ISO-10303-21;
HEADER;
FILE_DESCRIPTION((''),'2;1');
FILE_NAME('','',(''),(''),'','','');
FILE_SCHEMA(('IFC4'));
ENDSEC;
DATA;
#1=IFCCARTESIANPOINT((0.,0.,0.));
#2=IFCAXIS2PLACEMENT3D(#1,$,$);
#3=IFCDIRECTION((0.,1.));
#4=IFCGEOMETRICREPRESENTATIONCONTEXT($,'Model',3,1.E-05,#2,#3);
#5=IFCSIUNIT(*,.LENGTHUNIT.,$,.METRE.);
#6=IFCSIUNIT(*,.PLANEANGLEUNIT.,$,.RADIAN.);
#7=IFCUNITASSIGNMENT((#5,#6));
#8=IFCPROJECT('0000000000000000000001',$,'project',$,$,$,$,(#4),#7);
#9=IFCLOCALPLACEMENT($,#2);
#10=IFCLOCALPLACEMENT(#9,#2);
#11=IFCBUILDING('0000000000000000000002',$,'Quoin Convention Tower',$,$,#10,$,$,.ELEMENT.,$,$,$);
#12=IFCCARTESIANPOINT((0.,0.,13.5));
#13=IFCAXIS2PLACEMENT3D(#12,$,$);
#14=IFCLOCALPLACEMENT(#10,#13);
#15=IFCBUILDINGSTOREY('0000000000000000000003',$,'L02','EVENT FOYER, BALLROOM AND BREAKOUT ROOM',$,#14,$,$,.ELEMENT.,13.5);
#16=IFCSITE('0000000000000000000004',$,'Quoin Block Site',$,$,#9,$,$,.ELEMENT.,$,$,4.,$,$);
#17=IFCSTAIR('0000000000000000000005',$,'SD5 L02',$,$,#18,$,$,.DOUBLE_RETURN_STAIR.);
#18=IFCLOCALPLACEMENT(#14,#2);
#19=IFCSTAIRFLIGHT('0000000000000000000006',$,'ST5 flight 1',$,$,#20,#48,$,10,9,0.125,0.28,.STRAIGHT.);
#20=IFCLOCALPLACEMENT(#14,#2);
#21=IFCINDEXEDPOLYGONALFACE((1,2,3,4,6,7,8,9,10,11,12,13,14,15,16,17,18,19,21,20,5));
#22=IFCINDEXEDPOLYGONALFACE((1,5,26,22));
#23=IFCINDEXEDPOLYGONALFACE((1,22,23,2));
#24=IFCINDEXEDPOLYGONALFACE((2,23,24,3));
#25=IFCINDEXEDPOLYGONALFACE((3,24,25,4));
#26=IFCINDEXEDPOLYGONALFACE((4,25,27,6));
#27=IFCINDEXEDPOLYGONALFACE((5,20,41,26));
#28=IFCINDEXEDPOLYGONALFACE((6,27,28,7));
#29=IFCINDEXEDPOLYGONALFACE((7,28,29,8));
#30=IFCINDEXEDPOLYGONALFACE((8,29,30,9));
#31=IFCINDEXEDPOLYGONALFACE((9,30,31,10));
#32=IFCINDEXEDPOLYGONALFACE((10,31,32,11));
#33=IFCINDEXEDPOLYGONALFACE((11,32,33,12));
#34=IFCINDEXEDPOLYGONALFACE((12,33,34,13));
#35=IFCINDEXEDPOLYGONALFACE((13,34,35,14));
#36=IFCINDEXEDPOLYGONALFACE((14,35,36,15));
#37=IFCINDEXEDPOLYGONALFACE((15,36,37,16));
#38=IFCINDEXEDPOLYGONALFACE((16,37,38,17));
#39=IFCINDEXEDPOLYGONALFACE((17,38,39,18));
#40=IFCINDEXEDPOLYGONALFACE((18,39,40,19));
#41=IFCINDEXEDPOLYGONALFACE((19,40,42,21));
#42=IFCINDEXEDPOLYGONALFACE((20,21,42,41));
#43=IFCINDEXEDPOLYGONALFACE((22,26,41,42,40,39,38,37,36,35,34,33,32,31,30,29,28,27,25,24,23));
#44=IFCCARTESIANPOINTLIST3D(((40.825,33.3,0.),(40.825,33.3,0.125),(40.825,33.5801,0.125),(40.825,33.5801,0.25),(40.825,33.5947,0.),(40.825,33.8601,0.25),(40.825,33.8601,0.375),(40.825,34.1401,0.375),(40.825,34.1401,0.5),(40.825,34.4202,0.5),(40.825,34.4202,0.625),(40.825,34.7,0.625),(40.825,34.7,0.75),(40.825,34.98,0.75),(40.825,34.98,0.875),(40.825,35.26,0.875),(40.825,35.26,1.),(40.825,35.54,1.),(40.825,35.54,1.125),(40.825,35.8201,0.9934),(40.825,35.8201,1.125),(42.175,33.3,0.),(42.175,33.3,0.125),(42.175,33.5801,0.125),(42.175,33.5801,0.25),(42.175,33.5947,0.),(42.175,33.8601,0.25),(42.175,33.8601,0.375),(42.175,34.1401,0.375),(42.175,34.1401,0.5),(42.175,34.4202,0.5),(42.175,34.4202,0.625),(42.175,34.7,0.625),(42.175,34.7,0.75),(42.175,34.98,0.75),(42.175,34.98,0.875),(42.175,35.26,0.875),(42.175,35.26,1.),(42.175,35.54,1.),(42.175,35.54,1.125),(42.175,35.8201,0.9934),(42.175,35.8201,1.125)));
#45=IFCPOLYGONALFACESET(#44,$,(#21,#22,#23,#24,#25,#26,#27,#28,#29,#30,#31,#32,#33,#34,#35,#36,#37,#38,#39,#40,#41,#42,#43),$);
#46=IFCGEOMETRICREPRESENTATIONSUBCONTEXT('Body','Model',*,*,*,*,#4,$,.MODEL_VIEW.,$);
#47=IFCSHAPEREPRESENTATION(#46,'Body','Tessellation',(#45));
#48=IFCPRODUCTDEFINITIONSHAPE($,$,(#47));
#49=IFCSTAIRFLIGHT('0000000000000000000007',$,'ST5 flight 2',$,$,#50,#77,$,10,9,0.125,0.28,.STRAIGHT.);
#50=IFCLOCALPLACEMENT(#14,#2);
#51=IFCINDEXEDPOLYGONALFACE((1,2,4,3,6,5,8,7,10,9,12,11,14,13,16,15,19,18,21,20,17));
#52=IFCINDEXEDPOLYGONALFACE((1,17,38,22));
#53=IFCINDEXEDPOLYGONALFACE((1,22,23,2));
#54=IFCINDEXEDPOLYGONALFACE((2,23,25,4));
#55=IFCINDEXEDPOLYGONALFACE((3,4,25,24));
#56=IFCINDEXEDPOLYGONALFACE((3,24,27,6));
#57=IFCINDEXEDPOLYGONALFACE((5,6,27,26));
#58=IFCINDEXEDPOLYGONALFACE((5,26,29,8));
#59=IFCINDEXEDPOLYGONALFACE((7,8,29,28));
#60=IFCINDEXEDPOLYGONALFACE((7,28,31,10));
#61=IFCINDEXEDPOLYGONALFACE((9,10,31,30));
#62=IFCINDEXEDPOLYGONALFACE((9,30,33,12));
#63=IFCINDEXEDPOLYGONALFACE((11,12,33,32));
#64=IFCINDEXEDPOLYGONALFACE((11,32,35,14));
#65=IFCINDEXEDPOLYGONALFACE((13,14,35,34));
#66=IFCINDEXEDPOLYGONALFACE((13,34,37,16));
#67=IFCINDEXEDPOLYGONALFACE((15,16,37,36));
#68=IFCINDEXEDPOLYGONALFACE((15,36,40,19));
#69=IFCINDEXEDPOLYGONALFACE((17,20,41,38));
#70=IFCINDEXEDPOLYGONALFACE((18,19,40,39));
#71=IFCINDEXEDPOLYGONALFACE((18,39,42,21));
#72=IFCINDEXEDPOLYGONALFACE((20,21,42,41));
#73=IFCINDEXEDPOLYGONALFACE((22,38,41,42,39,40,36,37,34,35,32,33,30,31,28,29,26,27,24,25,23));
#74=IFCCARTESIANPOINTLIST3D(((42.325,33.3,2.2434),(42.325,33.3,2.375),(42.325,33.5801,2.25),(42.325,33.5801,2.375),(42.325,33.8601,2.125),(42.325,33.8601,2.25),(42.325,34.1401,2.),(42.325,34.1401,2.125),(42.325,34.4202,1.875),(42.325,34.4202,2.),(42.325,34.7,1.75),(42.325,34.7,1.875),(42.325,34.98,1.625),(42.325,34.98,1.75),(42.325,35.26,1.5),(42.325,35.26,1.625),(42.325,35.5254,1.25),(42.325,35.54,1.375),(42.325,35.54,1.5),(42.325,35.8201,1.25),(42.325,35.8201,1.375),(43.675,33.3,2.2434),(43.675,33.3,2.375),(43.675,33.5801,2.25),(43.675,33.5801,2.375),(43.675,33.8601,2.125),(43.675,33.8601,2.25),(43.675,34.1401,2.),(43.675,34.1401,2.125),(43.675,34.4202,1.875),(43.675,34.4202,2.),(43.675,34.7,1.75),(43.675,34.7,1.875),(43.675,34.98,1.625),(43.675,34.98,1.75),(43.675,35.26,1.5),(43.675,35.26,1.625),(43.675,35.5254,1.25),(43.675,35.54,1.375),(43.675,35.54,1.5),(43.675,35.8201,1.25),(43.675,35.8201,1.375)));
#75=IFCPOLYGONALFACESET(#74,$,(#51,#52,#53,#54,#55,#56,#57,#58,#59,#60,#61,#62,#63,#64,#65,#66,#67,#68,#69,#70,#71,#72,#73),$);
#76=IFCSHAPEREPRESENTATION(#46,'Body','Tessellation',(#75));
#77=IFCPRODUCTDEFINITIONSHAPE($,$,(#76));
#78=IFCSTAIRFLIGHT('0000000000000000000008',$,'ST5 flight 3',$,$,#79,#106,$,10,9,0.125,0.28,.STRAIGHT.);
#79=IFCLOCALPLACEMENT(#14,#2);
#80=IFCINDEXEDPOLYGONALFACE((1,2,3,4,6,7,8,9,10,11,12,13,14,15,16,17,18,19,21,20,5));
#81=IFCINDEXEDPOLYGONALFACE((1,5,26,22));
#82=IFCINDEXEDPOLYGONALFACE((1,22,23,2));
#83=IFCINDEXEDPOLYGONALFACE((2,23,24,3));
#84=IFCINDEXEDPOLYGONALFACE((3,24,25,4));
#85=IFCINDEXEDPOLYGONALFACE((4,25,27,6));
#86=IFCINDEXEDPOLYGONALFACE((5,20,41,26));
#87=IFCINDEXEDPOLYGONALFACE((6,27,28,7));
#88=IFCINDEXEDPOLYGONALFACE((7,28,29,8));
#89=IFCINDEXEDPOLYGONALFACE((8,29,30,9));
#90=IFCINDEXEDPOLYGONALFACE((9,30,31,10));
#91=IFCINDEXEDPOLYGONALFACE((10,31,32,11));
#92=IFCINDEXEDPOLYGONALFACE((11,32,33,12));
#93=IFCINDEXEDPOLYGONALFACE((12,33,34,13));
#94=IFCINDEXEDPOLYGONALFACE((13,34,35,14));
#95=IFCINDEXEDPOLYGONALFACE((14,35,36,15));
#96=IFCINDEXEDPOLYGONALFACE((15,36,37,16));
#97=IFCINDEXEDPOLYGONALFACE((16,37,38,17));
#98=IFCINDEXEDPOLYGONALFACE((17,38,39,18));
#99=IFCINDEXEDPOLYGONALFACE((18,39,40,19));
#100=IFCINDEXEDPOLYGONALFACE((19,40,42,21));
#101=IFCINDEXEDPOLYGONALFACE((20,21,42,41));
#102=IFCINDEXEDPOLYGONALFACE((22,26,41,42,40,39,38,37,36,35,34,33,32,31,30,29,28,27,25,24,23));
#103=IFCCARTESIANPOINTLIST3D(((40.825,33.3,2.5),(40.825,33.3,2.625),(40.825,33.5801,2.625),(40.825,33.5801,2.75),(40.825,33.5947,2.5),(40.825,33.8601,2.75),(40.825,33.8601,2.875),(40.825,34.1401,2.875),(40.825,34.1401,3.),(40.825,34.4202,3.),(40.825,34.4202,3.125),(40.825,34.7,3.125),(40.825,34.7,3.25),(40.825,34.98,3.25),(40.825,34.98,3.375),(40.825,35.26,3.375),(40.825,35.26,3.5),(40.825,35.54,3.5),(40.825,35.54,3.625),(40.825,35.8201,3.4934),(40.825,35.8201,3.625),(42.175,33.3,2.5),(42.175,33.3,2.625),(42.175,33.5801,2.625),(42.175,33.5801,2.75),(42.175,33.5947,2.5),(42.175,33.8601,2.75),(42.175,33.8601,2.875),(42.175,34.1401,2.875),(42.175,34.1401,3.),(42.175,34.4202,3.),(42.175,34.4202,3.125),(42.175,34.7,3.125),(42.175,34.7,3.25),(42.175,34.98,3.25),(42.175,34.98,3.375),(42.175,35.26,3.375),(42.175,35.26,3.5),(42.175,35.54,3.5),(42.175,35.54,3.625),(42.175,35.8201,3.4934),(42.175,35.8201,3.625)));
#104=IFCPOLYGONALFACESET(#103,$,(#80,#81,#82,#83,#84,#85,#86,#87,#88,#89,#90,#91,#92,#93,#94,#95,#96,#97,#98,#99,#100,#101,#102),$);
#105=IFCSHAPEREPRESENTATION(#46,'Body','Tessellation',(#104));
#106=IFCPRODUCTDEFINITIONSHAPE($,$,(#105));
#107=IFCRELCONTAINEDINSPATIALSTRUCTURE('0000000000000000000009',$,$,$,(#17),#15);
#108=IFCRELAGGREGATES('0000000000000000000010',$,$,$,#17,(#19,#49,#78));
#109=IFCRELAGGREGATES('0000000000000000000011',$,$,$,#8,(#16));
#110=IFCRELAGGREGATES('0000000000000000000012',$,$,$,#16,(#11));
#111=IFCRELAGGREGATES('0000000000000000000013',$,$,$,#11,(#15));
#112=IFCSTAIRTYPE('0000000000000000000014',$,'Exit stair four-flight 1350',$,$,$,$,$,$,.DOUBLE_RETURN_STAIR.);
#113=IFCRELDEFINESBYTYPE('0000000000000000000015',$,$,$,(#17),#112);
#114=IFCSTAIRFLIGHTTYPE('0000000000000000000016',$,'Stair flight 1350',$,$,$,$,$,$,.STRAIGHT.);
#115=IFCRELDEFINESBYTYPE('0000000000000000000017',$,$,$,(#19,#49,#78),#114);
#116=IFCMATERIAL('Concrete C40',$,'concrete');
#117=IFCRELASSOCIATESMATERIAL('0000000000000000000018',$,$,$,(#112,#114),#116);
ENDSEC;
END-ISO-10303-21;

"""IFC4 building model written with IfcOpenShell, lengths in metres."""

from ifc_helpers import new_model, si_unit, direction, frame, origin, place, context, subcontext, project, spatial, polyline, outline, extrude, material, type_object, element, aggregate, save


model = new_model("IFC4")

# Units and contexts
model_context = context("Model", 3, precision=1e-05, world=origin(), true_north=direction((0.0, 1.0)))
body_context = subcontext(model_context, "Body", "Model", "MODEL_VIEW")
ifc_project = project(units=[si_unit("LENGTHUNIT", "METRE"), si_unit("PLANEANGLEUNIT", "RADIAN")], contexts=[model_context])

# Site, building, storey
site_placement = place(None, origin())
site = spatial("IfcSite", under=ifc_project, at=site_placement, Name="Quoin Block Site", CompositionType="ELEMENT", RefElevation=4.0)
building_placement = place(site_placement, origin())
building = spatial("IfcBuilding", under=site, at=building_placement, Name="Quoin Convention Tower", CompositionType="ELEMENT")
storey_placement = place(building_placement, frame((0.0, 0.0, 13.5)))
storey = spatial("IfcBuildingStorey", under=building, at=storey_placement, Name="L02", Description="EVENT FOYER, BALLROOM AND BREAKOUT ROOM", CompositionType="ELEMENT", Elevation=13.5)

# Stair, stair flights
ifc_material_1 = material(Name="Concrete C40", Category="concrete")
stair_type_1 = type_object("IfcStairType", Name="Exit stair four-flight 1350", PredefinedType="DOUBLE_RETURN_STAIR", material=ifc_material_1)
stair_1_placement = place(storey_placement, origin())
stair_1 = element("IfcStair", 1, at=stair_1_placement, inside=storey, type_object=stair_type_1, Name="SD5 L02", PredefinedType="DOUBLE_RETURN_STAIR")
stair_flight_type_1 = type_object("IfcStairFlightType", Name="Stair flight 1350", PredefinedType="STRAIGHT", material=ifc_material_1)
stair_flight_1_placement = place(storey_placement, frame((41.5, 33.3, 0.0), z_axis=(0.0, 0.0, 1.0), x_axis=(0.0, 1.0, 0.0)))
stair_flight_1 = element("IfcStairFlight", 2, at=stair_flight_1_placement, type_object=stair_flight_type_1, Name="ST5 flight 1", NumberOfRisers=10, NumberOfTreads=9, PredefinedType="STRAIGHT", RiserHeight=0.125, TreadLength=0.28, context=body_context, shape_type="SweptSolid", body=[
    extrude(outline(polyline([(0.0, 0.0), (0.0, 0.125), (0.28, 0.125), (0.28, 0.25), (0.5601, 0.25), (0.5601, 0.375), (0.8401, 0.375), (0.8401, 0.5), (1.1201, 0.5), (1.1201, 0.625), (1.3999, 0.625), (1.3999, 0.75), (1.6799, 0.75), (1.6799, 0.875), (1.96, 0.875), (1.96, 1.0), (2.24, 1.0), (2.24, 1.125), (2.52, 1.125), (2.52, 1.25), (2.52, 0.9934), (0.2947, 0.0), (0.0, 0.0)])), frame((0.0, 0.675, 0.0), z_axis=(0.0, -1.0, 0.0), x_axis=(1.0, 0.0, 0.0)), (0.0, 0.0, 1.0), 1.3501),
])
stair_flight_2_placement = place(storey_placement, frame((43.0, 35.8201, 1.25), z_axis=(0.0, 0.0, 1.0), x_axis=(0.0, -1.0, 0.0)))
stair_flight_2 = element("IfcStairFlight", 3, at=stair_flight_2_placement, type_object=stair_flight_type_1, Name="ST5 flight 2", NumberOfRisers=10, NumberOfTreads=9, PredefinedType="STRAIGHT", RiserHeight=0.125, TreadLength=0.28, context=body_context, shape_type="SweptSolid", body=[
    extrude(outline(polyline([(0.0, 0.0), (0.0, 0.125), (0.28, 0.125), (0.28, 0.25), (0.5601, 0.25), (0.5601, 0.375), (0.8401, 0.375), (0.8401, 0.5), (1.1201, 0.5), (1.1201, 0.625), (1.3999, 0.625), (1.3999, 0.75), (1.6799, 0.75), (1.6799, 0.875), (1.96, 0.875), (1.96, 1.0), (2.24, 1.0), (2.24, 1.125), (2.52, 1.125), (2.52, 1.25), (2.52, 0.9934), (0.2947, 0.0), (0.0, 0.0)])), frame((0.0, 0.675, 0.0), z_axis=(0.0, -1.0, 0.0), x_axis=(1.0, 0.0, 0.0)), (0.0, 0.0, 1.0), 1.3501),
])
stair_flight_3_placement = place(storey_placement, frame((41.5, 33.3, 2.5), z_axis=(0.0, 0.0, 1.0), x_axis=(0.0, 1.0, 0.0)))
stair_flight_3 = element("IfcStairFlight", 4, at=stair_flight_3_placement, type_object=stair_flight_type_1, Name="ST5 flight 3", NumberOfRisers=10, NumberOfTreads=9, PredefinedType="STRAIGHT", RiserHeight=0.125, TreadLength=0.28, context=body_context, shape_type="SweptSolid", body=[
    extrude(outline(polyline([(0.0, 0.0), (0.0, 0.125), (0.28, 0.125), (0.28, 0.25), (0.5601, 0.25), (0.5601, 0.375), (0.8401, 0.375), (0.8401, 0.5), (1.1201, 0.5), (1.1201, 0.625), (1.3999, 0.625), (1.3999, 0.75), (1.6799, 0.75), (1.6799, 0.875), (1.96, 0.875), (1.96, 1.0), (2.24, 1.0), (2.24, 1.125), (2.52, 1.125), (2.52, 1.25), (2.52, 0.9934), (0.2947, 0.0), (0.0, 0.0)])), frame((0.0, 0.675, 0.0), z_axis=(0.0, -1.0, 0.0), x_axis=(1.0, 0.0, 0.0)), (0.0, 0.0, 1.0), 1.3501),
])
aggregate(stair_1, [stair_flight_1, stair_flight_2, stair_flight_3])

save(model, "model.ifc")
